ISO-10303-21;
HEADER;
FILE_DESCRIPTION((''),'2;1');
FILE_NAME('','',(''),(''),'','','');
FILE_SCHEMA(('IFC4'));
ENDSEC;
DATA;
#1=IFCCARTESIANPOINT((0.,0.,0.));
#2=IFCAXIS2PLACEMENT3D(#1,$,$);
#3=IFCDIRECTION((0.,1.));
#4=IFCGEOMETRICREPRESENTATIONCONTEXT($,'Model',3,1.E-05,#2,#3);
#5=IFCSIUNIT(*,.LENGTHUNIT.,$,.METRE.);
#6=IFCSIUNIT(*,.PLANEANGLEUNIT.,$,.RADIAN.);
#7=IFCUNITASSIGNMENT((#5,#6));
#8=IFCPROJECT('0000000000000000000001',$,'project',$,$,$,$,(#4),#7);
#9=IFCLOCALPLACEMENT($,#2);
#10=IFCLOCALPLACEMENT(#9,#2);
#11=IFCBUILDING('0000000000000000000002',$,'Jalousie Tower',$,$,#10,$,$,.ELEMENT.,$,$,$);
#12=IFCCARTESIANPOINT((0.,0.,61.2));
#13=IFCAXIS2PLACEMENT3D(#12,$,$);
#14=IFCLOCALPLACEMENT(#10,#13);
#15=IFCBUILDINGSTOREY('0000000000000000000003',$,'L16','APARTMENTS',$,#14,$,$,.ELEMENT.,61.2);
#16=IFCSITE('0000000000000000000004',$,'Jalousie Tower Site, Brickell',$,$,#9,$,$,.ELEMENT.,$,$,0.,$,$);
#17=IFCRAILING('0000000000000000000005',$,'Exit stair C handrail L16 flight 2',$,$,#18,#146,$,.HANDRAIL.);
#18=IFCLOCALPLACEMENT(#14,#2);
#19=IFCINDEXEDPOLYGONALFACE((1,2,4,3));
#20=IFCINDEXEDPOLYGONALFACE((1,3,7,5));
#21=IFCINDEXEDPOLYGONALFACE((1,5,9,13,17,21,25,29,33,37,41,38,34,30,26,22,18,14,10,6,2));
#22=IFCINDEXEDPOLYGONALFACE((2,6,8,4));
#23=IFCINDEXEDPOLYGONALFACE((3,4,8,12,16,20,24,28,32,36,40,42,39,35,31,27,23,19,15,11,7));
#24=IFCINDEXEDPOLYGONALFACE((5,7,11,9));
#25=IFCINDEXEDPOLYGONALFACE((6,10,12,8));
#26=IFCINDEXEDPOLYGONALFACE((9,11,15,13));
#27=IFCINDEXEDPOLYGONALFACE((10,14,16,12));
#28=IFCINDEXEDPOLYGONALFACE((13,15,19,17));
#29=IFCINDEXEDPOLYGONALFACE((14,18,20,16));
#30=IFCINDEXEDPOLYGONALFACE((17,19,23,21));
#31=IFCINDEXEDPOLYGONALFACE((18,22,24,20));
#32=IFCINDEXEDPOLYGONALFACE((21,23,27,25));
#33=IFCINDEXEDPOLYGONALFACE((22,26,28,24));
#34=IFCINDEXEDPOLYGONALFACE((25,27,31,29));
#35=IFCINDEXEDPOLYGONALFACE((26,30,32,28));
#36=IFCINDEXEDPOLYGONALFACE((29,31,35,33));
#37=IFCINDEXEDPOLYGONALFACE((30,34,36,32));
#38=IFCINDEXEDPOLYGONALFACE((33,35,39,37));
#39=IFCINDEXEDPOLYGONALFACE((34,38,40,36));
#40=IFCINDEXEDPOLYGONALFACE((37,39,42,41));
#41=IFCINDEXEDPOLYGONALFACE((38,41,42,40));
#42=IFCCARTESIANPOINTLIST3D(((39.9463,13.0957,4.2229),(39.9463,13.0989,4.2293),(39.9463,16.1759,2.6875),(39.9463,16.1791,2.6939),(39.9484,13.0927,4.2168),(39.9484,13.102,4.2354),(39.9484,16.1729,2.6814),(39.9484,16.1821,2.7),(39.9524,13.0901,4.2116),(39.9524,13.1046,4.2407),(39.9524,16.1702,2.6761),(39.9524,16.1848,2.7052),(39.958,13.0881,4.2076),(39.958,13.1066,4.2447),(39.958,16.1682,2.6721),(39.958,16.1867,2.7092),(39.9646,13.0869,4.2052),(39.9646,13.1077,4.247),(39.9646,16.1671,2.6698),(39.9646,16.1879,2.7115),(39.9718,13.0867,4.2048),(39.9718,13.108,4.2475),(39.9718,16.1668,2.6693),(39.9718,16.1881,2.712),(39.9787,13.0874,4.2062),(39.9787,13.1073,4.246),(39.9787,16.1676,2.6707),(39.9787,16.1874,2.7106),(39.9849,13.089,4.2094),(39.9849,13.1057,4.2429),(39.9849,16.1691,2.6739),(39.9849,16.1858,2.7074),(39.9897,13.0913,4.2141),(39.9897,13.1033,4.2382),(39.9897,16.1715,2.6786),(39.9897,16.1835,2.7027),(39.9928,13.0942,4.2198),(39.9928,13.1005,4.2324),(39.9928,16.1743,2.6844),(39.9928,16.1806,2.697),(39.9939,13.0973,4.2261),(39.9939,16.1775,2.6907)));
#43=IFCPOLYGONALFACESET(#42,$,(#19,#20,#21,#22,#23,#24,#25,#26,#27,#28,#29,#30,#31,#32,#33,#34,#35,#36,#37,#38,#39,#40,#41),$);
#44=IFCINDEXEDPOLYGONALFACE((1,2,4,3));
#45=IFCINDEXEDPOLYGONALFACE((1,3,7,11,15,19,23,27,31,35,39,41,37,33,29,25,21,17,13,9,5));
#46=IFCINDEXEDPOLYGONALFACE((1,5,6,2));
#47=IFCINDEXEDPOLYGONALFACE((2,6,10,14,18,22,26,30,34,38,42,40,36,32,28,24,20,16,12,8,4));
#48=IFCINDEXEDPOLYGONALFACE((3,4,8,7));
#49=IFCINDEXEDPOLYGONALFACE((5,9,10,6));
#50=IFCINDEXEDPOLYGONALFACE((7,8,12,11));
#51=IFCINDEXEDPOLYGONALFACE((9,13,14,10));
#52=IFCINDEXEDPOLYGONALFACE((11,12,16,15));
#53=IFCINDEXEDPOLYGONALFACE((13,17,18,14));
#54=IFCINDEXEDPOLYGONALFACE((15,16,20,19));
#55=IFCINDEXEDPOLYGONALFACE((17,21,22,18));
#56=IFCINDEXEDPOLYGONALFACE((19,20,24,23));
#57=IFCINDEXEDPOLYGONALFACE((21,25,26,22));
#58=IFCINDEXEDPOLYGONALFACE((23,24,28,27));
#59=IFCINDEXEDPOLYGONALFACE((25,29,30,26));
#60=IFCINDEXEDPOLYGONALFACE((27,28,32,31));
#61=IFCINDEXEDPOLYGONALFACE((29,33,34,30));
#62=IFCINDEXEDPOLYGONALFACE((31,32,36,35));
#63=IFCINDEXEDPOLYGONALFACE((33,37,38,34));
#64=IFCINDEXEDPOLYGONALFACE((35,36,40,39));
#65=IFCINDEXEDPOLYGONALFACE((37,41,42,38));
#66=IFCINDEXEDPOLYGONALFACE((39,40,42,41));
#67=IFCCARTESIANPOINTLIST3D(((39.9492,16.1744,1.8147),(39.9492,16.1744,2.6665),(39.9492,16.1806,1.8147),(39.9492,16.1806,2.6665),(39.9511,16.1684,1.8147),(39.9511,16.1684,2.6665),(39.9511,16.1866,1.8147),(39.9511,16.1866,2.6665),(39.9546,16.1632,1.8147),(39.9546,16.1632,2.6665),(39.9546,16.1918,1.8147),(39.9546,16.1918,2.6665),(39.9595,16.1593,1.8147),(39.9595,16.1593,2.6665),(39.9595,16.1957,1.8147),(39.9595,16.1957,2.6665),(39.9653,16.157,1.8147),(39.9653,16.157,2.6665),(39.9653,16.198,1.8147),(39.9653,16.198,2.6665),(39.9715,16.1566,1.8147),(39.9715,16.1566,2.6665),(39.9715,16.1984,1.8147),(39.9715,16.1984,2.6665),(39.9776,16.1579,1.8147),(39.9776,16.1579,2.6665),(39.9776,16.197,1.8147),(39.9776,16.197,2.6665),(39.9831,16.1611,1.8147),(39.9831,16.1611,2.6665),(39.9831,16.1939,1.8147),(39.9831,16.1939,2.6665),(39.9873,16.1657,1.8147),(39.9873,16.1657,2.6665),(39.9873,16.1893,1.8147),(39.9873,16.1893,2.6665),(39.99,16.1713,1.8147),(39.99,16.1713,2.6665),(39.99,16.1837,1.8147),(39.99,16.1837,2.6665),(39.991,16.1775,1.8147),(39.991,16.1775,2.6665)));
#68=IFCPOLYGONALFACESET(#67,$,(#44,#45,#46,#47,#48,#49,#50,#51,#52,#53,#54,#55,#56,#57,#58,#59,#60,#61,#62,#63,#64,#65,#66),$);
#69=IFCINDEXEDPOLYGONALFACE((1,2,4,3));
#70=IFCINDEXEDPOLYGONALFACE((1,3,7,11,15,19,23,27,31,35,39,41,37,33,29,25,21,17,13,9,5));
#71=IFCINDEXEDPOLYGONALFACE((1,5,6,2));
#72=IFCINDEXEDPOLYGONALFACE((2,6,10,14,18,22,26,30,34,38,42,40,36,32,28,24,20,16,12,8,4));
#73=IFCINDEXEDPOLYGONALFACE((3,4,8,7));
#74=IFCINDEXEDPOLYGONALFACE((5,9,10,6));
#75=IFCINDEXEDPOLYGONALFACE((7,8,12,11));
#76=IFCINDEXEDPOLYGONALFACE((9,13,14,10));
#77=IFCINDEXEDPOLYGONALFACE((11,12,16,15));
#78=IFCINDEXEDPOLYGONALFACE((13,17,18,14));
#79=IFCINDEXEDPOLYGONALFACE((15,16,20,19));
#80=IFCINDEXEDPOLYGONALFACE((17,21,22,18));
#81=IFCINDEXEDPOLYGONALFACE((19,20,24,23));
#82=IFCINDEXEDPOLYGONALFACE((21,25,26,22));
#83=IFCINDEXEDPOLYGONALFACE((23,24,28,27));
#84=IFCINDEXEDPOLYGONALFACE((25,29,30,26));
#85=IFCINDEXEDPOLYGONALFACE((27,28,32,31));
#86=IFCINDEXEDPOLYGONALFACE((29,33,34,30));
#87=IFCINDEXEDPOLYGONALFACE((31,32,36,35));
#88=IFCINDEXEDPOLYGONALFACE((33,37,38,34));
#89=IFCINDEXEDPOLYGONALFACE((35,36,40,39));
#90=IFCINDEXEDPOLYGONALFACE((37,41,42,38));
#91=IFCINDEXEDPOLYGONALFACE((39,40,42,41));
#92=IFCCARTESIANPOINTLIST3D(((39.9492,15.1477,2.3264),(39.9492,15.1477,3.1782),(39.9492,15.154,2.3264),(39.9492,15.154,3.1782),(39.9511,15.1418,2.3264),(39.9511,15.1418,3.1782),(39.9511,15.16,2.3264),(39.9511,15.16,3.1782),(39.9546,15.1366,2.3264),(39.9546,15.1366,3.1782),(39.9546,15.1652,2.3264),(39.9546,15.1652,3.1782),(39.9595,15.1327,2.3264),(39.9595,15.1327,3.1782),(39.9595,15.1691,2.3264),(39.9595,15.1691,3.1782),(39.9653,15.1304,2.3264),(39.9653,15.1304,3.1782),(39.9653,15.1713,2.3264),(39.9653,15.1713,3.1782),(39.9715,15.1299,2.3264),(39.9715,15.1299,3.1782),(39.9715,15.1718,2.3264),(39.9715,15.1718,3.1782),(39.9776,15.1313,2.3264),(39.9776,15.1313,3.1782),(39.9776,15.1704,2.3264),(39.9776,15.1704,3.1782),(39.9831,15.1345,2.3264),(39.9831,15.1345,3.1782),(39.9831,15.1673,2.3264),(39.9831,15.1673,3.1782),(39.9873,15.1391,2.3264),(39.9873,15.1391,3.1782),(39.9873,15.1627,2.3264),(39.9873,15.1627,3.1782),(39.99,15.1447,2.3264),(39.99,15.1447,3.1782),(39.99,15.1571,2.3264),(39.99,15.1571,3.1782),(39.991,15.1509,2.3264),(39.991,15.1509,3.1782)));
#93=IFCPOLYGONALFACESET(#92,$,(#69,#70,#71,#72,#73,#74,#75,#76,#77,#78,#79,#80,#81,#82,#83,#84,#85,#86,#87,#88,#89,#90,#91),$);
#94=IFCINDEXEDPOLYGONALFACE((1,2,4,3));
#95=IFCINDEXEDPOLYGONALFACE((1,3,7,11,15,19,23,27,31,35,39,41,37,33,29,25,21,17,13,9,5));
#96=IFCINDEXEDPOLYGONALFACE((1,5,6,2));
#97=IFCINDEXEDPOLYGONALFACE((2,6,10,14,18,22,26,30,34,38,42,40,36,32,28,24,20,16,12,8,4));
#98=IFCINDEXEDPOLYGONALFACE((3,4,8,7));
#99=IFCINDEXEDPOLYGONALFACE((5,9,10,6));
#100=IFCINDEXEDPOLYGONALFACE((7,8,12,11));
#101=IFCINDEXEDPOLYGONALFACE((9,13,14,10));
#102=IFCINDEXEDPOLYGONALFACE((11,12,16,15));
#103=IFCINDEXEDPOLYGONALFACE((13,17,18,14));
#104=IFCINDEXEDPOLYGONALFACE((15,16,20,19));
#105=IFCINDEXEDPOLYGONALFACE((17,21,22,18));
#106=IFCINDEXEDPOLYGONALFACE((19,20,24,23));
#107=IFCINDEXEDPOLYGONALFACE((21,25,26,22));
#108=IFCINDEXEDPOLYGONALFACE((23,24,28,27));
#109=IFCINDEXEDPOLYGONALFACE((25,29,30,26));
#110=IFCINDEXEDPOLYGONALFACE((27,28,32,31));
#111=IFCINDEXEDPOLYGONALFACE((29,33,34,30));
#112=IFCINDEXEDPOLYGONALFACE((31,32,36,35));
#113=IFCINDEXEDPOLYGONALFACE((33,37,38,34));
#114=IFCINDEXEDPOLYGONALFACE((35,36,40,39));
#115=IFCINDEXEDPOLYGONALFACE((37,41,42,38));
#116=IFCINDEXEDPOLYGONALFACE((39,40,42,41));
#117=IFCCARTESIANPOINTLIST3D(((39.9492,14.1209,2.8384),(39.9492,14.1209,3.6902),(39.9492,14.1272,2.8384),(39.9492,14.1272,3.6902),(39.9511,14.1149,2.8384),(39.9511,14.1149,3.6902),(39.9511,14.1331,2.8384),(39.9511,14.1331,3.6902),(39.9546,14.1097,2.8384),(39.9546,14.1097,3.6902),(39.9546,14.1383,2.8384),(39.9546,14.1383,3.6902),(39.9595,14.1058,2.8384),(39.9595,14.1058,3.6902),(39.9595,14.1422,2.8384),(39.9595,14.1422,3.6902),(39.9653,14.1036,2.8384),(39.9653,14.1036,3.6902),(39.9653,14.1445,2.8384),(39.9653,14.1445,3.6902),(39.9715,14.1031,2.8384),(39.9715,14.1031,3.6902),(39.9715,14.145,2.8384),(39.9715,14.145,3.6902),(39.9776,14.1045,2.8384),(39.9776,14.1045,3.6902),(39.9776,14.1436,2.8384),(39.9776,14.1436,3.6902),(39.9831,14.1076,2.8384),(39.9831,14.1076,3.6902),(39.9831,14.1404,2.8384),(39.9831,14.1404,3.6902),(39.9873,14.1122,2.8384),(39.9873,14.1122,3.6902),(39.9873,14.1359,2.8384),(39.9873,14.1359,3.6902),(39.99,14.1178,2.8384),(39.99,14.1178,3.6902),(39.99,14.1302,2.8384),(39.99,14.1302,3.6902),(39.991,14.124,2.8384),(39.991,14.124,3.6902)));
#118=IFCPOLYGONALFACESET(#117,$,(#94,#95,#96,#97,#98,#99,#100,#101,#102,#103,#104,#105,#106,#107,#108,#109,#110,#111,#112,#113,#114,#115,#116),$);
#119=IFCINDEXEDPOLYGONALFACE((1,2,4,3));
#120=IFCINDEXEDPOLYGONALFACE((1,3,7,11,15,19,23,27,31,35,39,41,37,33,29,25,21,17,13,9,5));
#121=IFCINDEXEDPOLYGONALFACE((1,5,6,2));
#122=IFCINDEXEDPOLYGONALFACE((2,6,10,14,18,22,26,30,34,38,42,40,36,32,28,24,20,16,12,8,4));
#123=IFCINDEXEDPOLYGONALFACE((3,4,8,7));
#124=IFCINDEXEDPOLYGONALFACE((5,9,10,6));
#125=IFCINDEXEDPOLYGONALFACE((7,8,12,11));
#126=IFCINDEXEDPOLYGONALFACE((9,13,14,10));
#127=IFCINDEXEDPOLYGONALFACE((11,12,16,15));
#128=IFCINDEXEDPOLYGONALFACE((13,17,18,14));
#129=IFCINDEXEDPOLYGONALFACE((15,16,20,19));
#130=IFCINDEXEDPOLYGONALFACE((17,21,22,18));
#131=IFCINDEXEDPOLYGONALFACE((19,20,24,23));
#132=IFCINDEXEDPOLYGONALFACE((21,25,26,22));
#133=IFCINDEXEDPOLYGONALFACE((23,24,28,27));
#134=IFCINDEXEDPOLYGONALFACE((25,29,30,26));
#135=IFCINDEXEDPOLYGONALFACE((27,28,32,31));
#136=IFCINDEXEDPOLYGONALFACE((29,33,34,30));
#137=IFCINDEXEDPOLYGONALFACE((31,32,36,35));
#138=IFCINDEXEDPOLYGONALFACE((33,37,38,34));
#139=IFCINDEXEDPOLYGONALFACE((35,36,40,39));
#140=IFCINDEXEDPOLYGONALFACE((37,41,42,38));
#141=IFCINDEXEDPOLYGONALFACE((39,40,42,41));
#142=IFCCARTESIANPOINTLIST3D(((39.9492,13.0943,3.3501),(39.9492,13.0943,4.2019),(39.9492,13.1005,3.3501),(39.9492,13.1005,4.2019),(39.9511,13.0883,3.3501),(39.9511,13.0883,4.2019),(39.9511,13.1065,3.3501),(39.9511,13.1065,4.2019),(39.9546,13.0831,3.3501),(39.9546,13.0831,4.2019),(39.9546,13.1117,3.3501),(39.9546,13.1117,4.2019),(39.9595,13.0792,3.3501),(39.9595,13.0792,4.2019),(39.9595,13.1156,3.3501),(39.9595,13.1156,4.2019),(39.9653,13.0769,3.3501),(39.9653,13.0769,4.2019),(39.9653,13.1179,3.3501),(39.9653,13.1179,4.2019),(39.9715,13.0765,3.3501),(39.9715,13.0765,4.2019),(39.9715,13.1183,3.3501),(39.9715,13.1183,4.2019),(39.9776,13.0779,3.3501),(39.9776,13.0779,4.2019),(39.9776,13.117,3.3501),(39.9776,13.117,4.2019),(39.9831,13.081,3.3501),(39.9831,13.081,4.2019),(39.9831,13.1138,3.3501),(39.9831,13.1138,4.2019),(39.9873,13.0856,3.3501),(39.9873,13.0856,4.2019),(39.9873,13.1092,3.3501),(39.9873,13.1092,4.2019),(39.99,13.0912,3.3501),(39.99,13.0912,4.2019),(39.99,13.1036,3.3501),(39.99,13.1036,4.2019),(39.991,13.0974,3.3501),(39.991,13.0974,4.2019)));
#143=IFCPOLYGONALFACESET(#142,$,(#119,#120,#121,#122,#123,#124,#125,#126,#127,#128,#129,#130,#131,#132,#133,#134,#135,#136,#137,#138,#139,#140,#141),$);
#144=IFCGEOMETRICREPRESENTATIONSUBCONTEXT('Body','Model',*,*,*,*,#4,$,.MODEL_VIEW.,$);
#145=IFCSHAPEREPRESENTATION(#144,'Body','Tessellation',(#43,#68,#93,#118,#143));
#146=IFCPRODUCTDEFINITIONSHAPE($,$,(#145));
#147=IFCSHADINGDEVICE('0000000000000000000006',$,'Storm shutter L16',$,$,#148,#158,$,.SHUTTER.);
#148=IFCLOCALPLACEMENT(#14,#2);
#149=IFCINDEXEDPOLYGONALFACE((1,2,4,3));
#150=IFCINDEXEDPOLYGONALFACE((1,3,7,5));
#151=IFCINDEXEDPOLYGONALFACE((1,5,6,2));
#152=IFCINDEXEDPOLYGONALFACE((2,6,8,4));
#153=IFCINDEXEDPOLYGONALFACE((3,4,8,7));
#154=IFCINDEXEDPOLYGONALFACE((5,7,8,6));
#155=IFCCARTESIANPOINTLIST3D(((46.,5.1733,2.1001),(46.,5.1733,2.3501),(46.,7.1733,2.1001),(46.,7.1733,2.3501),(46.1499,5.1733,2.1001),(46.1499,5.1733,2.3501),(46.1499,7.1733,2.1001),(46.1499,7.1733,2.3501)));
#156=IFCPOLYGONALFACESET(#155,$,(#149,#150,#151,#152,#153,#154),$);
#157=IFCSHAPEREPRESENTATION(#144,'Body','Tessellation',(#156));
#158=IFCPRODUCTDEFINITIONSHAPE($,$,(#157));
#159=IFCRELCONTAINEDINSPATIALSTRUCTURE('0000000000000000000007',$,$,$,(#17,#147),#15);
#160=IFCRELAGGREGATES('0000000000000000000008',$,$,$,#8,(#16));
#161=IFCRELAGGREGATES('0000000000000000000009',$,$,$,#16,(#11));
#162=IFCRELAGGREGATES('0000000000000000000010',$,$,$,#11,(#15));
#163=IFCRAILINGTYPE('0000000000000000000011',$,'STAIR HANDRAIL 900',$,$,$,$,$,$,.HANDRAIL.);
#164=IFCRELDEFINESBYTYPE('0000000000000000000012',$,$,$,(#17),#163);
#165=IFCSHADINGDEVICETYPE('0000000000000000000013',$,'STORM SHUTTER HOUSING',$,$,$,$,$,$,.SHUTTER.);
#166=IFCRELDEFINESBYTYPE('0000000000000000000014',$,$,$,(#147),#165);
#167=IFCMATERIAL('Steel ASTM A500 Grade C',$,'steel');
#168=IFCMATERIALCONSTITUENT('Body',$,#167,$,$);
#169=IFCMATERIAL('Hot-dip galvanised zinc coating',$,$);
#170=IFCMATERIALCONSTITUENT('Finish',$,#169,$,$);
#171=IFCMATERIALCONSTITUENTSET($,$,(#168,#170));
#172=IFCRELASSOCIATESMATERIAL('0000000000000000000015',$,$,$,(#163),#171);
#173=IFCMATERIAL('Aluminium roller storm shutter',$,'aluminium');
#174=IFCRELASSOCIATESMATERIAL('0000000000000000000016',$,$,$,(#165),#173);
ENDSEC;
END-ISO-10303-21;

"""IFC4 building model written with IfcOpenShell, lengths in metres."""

from ifc_helpers import new_model, si_unit, direction, frame, origin, origin_2d, place, context, subcontext, project, spatial, rectangle, circle, extrude, material, constituent, constituent_set, type_object, element, save


model = new_model("IFC4")

# Units and contexts
model_context = context("Model", 3, precision=1e-05, world=origin(), true_north=direction((0.0, 1.0)))
body_context = subcontext(model_context, "Body", "Model", "MODEL_VIEW")
ifc_project = project(units=[si_unit("LENGTHUNIT", "METRE"), si_unit("PLANEANGLEUNIT", "RADIAN")], contexts=[model_context])

# Site, building, storey
site_placement = place(None, origin())
site = spatial("IfcSite", under=ifc_project, at=site_placement, Name="Jalousie Tower Site, Brickell", CompositionType="ELEMENT", RefElevation=0.0)
building_placement = place(site_placement, origin())
building = spatial("IfcBuilding", under=site, at=building_placement, Name="Jalousie Tower", CompositionType="ELEMENT")
storey_placement = place(building_placement, frame((0.0, 0.0, 61.2)))
storey = spatial("IfcBuildingStorey", under=building, at=storey_placement, Name="L16", Description="APARTMENTS", CompositionType="ELEMENT", Elevation=61.2)

# Railing
ifc_material_1 = material(Name="Steel ASTM A500 Grade C", Category="steel")
ifc_constituent_1 = constituent(ifc_material_1, Name="Body")
ifc_material_2 = material(Name="Hot-dip galvanised zinc coating")
ifc_constituent_2 = constituent(ifc_material_2, Name="Finish")
ifc_constituent_set_1 = constituent_set(constituents=[ifc_constituent_1, ifc_constituent_2])
railing_type_1 = type_object("IfcRailingType", Name="STAIR HANDRAIL 900", PredefinedType="HANDRAIL", material=ifc_constituent_set_1)
railing_1_placement = place(storey_placement, frame((39.97, 16.1775, 1.8147)))
element("IfcRailing", 1, at=railing_1_placement, inside=storey, type_object=railing_type_1, Name="Exit stair C handrail L16 flight 2", PredefinedType="HANDRAIL", context=body_context, shape_type="SweptSolid", body=[
    extrude(circle(Radius=0.0239, at=origin_2d()), frame((0.0, 0.0, 0.876), z_axis=(0.0, -0.894966, 0.446135), x_axis=(1.0, 0.0, 0.0)), (0.0, 0.0, 1.0), 3.4417),
    extrude(circle(Radius=0.021, at=origin_2d()), origin(), (0.0, 0.0, 1.0), 0.8518),
    extrude(circle(Radius=0.021, at=origin_2d()), frame((0.0, -1.0266, 0.5117)), (0.0, 0.0, 1.0), 0.8518),
    extrude(circle(Radius=0.021, at=origin_2d()), frame((0.0, -2.0535, 1.0237)), (0.0, 0.0, 1.0), 0.8518),
    extrude(circle(Radius=0.021, at=origin_2d()), frame((0.0, -3.0801, 1.5354)), (0.0, 0.0, 1.0), 0.8518),
])

# Shading device
ifc_material_3 = material(Name="Aluminium roller storm shutter", Category="aluminium")
shading_device_type = type_object("IfcShadingDeviceType", Name="STORM SHUTTER HOUSING", PredefinedType="SHUTTER", material=ifc_material_3)
shading_device_placement = place(storey_placement, frame((46.075, 6.1733, 2.1001), z_axis=(0.0, 0.0, 1.0), x_axis=(0.0, 1.0, 0.0)))
element("IfcShadingDevice", 2, at=shading_device_placement, inside=storey, type_object=shading_device_type, Name="Storm shutter L16", PredefinedType="SHUTTER", context=body_context, shape_type="SweptSolid", body=[
    extrude(rectangle(XDim=2.0, YDim=0.1499, at=origin_2d()), origin(), (0.0, 0.0, 1.0), 0.25),
])

save(model, "model.ifc")
